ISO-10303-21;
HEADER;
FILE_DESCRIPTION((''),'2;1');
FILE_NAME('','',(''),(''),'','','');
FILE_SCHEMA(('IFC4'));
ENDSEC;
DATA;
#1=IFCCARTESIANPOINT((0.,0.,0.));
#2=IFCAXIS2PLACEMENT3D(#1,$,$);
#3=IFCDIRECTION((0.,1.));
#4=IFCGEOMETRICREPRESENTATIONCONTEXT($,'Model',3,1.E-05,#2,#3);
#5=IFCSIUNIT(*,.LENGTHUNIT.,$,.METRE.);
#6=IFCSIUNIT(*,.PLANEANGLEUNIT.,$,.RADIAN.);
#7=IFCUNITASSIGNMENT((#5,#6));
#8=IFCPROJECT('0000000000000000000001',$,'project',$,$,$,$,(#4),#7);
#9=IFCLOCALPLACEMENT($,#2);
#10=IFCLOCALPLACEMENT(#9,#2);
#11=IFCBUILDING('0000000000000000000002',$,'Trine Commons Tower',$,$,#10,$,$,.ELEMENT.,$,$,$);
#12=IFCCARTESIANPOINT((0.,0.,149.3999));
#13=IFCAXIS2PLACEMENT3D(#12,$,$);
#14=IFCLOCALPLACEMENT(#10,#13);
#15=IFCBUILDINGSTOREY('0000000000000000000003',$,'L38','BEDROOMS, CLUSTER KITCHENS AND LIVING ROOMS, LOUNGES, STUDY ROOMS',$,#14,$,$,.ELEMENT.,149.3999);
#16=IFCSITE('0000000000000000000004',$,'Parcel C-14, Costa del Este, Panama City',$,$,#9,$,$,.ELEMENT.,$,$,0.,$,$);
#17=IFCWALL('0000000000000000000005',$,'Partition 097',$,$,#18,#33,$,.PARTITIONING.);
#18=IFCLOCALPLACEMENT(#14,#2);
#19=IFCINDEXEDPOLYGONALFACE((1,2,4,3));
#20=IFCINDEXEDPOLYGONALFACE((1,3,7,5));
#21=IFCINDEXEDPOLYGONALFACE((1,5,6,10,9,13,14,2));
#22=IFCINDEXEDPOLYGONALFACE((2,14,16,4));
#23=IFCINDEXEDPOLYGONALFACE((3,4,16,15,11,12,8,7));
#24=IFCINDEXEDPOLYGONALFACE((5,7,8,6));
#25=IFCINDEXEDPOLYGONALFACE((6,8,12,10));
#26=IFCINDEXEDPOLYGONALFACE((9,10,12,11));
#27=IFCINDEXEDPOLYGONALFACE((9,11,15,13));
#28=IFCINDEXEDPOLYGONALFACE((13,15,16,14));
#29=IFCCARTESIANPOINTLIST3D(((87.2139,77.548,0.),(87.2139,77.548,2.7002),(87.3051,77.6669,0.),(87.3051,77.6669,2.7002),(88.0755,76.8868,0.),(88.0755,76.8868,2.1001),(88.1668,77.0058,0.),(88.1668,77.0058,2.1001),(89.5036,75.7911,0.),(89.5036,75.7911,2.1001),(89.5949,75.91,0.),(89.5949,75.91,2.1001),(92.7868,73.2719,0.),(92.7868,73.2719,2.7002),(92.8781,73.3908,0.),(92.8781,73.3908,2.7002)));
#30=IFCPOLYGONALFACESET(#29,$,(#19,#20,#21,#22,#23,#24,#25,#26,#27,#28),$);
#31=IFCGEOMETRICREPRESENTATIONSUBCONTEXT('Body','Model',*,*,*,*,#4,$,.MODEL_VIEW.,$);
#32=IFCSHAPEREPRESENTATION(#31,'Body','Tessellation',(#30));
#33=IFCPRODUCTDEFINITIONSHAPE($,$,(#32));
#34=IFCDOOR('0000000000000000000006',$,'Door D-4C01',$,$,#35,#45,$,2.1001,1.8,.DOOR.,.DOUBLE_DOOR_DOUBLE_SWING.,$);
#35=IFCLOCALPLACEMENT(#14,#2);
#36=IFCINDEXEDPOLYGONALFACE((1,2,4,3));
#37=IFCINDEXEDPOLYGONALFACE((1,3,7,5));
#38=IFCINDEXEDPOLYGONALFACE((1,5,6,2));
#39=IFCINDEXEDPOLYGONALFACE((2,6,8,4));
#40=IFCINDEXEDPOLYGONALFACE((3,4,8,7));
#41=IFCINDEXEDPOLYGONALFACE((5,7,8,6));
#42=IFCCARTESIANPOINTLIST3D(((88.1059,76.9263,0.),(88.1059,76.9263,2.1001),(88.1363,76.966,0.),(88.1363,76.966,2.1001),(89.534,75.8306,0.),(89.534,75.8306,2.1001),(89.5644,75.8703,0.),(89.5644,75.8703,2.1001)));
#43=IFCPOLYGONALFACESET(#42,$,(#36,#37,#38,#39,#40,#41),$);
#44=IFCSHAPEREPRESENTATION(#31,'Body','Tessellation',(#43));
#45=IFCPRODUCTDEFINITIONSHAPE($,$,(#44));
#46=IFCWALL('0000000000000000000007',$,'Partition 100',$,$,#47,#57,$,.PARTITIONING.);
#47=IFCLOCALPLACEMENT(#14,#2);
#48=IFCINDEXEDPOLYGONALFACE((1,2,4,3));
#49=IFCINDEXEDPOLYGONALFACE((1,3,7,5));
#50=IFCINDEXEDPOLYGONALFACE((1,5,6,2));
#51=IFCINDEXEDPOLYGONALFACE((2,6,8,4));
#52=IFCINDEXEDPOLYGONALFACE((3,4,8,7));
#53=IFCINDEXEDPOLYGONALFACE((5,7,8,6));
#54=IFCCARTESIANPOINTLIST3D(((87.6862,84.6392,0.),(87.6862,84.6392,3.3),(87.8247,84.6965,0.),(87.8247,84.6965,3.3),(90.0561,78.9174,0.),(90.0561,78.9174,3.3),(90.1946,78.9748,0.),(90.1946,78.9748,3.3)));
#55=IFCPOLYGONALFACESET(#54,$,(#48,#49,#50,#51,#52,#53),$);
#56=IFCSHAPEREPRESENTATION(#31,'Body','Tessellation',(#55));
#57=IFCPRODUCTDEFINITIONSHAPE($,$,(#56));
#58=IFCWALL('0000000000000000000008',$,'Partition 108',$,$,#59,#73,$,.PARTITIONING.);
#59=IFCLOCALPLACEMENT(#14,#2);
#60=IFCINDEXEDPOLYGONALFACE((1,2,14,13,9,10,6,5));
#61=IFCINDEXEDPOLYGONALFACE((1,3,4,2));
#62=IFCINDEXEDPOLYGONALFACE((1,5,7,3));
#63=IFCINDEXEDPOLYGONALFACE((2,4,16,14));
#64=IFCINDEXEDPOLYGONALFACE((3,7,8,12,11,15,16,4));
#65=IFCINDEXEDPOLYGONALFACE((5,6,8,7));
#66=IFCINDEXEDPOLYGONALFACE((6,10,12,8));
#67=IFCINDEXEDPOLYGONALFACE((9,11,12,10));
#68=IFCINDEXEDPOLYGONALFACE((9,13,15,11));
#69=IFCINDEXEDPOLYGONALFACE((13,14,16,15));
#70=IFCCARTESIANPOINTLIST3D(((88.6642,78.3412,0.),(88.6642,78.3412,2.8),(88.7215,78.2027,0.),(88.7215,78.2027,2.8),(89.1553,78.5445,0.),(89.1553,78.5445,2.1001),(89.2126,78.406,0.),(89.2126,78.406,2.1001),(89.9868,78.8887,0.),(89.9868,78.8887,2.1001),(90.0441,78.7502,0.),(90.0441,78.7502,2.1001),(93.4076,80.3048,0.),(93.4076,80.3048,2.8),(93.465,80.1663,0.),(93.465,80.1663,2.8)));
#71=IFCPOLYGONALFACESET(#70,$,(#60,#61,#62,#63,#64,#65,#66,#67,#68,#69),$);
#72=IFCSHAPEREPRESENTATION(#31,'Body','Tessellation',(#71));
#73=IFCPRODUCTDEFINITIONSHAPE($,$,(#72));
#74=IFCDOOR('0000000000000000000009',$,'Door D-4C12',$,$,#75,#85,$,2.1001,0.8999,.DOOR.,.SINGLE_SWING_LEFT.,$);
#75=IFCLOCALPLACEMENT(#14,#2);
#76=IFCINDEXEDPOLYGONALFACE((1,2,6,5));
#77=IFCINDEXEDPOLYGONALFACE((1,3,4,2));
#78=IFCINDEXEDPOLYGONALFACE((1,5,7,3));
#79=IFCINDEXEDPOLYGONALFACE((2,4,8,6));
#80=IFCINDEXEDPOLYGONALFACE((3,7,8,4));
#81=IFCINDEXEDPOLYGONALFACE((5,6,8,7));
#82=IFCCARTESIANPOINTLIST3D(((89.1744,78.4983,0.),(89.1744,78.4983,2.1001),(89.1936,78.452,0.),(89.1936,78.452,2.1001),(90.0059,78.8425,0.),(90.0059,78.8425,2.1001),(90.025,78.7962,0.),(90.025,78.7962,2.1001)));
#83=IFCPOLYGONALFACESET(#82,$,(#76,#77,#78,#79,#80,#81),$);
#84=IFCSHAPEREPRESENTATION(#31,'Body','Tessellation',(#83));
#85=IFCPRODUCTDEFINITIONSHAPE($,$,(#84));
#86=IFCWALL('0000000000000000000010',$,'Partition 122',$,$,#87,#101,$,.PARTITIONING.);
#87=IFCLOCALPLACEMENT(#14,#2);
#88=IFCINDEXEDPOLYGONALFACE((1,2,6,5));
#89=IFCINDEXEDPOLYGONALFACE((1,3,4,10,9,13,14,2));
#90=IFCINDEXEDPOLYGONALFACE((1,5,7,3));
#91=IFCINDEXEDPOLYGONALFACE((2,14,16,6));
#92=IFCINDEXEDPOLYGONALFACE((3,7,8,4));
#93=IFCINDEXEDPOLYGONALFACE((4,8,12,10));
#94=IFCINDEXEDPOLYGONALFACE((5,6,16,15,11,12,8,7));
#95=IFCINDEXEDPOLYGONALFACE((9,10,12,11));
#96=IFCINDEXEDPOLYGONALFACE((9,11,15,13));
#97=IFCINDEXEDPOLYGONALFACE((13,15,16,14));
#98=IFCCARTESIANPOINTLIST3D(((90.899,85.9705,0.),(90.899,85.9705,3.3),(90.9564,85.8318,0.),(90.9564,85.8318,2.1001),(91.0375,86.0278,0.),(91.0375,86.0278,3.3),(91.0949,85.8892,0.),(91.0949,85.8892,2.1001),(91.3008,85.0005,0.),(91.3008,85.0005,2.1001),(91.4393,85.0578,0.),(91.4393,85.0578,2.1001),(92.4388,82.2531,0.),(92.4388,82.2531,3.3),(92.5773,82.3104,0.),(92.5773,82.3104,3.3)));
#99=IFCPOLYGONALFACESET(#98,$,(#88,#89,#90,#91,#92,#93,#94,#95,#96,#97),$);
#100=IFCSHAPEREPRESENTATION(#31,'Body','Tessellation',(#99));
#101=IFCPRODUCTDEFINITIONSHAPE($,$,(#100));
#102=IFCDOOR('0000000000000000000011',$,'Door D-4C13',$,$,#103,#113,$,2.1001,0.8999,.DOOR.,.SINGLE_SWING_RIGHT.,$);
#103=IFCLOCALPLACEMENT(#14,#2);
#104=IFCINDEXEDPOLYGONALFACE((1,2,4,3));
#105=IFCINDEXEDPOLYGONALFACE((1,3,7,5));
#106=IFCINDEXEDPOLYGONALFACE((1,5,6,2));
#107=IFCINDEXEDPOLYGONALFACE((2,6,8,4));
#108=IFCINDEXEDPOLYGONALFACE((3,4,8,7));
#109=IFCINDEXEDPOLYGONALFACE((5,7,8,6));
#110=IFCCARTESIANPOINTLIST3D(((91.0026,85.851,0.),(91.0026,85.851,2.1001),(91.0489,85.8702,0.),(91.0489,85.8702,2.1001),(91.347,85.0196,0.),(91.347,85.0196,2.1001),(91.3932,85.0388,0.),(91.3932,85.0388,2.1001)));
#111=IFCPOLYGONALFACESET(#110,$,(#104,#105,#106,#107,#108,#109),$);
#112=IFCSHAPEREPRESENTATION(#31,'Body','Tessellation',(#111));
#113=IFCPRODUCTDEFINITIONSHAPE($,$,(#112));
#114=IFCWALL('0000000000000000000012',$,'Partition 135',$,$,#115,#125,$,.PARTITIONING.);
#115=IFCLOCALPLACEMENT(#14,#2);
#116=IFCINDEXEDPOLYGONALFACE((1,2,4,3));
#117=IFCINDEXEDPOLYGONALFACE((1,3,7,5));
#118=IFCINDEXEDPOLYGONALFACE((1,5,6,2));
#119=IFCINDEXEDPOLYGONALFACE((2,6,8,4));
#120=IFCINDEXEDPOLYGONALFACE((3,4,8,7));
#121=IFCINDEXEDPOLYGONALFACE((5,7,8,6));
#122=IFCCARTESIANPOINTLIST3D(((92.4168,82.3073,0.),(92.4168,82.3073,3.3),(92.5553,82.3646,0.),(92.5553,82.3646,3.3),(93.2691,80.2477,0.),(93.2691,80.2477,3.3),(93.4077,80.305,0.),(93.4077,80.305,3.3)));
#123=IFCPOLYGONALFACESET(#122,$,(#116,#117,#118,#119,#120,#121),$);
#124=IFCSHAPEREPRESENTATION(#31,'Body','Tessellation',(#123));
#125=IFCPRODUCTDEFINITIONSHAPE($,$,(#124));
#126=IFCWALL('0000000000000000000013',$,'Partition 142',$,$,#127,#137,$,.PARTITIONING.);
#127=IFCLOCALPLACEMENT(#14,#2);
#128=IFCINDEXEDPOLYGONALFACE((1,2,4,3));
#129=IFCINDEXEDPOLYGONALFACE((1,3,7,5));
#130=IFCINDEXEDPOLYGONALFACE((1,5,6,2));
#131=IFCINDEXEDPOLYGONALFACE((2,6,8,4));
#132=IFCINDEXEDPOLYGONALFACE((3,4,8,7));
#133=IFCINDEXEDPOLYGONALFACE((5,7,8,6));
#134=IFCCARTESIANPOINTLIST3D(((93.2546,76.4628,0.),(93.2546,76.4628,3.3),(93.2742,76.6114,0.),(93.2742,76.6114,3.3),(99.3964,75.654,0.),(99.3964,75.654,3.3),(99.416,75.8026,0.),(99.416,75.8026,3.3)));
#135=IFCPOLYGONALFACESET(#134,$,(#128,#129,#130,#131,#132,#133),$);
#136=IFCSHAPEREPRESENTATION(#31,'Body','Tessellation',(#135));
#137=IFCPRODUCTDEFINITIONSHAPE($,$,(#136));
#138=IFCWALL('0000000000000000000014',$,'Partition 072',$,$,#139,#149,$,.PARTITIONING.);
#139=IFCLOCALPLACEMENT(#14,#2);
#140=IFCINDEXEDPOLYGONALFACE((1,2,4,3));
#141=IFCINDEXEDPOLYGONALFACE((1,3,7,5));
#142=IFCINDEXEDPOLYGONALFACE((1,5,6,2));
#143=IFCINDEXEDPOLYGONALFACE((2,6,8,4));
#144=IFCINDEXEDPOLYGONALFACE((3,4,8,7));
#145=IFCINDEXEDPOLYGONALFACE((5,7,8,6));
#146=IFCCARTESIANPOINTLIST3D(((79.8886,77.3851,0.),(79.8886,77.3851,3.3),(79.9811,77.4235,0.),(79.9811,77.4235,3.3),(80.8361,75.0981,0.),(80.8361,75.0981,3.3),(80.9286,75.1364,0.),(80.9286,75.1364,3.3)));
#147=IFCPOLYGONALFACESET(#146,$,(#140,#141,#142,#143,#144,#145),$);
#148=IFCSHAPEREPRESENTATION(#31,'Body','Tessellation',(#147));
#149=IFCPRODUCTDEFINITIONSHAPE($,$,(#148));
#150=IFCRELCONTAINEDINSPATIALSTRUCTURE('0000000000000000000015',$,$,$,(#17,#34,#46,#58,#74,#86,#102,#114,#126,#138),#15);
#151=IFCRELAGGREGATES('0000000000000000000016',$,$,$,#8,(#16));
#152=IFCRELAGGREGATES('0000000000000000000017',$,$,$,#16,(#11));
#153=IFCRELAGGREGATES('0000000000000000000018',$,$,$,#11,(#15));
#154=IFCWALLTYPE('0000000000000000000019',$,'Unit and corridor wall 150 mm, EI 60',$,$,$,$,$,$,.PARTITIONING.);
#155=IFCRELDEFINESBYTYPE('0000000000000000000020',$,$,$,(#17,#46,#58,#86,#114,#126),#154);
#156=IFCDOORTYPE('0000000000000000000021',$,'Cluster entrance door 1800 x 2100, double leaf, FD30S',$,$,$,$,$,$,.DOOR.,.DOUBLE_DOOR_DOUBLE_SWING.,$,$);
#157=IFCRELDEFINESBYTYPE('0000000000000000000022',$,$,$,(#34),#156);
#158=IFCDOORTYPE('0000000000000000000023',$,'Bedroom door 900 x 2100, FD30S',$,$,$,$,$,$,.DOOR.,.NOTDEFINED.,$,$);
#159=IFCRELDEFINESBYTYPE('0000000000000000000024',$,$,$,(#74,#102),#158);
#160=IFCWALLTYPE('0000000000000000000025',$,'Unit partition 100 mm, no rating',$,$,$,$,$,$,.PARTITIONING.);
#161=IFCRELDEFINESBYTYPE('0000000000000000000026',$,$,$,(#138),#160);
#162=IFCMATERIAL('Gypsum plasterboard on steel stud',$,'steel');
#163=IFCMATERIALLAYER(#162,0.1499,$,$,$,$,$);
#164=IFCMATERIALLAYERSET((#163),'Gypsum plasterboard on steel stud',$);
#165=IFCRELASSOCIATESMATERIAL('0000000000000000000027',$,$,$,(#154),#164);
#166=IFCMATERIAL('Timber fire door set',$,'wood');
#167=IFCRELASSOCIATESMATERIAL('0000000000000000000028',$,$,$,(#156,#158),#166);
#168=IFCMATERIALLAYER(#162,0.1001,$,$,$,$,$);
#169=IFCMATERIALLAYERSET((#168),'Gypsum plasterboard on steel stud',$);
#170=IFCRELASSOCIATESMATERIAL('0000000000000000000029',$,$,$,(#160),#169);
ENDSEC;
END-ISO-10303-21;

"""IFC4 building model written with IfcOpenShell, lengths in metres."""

from ifc_helpers import new_model, si_unit, direction, frame, frame_2d, origin, place, context, subcontext, project, spatial, rectangle, extrude, material, layer, layer_set, type_object, element, fill, save


model = new_model("IFC4")

# Units and contexts
model_context = context("Model", 3, precision=1e-05, world=origin(), true_north=direction((0.0, 1.0)))
body_context = subcontext(model_context, "Body", "Model", "MODEL_VIEW")
ifc_project = project(units=[si_unit("LENGTHUNIT", "METRE"), si_unit("PLANEANGLEUNIT", "RADIAN")], contexts=[model_context])

# Site, building, storey
site_placement = place(None, origin())
site = spatial("IfcSite", under=ifc_project, at=site_placement, Name="Parcel C-14, Costa del Este, Panama City", CompositionType="ELEMENT", RefElevation=0.0)
building_placement = place(site_placement, origin())
building = spatial("IfcBuilding", under=site, at=building_placement, Name="Trine Commons Tower", CompositionType="ELEMENT")
storey_placement = place(building_placement, frame((0.0, 0.0, 149.3999)))
storey = spatial("IfcBuildingStorey", under=building, at=storey_placement, Name="L38", Description="BEDROOMS, CLUSTER KITCHENS AND LIVING ROOMS, LOUNGES, STUDY ROOMS", CompositionType="ELEMENT", Elevation=149.3999)

# Shared definitions
ifc_material_1 = material(Name="Gypsum plasterboard on steel stud", Category="steel")
ifc_layer_1 = layer(ifc_material_1, 0.1499)
ifc_layer_set_1 = layer_set([ifc_layer_1], Name="Gypsum plasterboard on steel stud")
wall_type_1 = type_object("IfcWallType", Name="Unit and corridor wall 150 mm, EI 60", PredefinedType="PARTITIONING", material=ifc_layer_set_1)

# Wall, opening, door
wall_1_placement = place(storey_placement, frame((87.2595, 77.6074, 0.0), z_axis=(0.0, 0.0, 1.0), x_axis=(0.793366, -0.608745, 0.0)))
wall_1 = element("IfcWall", 1, at=wall_1_placement, inside=storey, type_object=wall_type_1, Name="Partition 097", PredefinedType="PARTITIONING", context=body_context, shape_type="SweptSolid", body=[
    extrude(rectangle(XDim=7.0244, YDim=0.1499, at=frame_2d((3.5122, 0.0))), origin(), (0.0, 0.0, 1.0), 2.7002),
])
opening_1_placement = place(wall_1_placement, frame((1.0862, 0.0, 0.0)))
opening_1 = element("IfcOpeningElement", 2, at=opening_1_placement, cuts=wall_1, PredefinedType="OPENING", context=body_context, shape_type="SweptSolid", body=[
    extrude(rectangle(XDim=1.8, YDim=2.1001, at=frame_2d((0.8999, 1.05))), frame((0.0, 0.085, 0.0), z_axis=(0.0, -1.0, 0.0), x_axis=(1.0, 0.0, 0.0)), (0.0, 0.0, 1.0), 0.1699),
])
ifc_material_2 = material(Name="Timber fire door set", Category="wood")
door_type_1 = type_object("IfcDoorType", Name="Cluster entrance door 1800 x 2100, double leaf, FD30S", OperationType="DOUBLE_DOOR_DOUBLE_SWING", PredefinedType="DOOR", material=ifc_material_2)
door_1_placement = place(opening_1_placement, origin())
door_1 = element("IfcDoor", 3, at=door_1_placement, inside=storey, type_object=door_type_1, Name="Door D-4C01", OperationType="DOUBLE_DOOR_DOUBLE_SWING", OverallHeight=2.1001, OverallWidth=1.8, PredefinedType="DOOR", context=body_context, shape_type="SweptSolid", body=[
    extrude(rectangle(XDim=1.8, YDim=2.1001, at=frame_2d((0.8999, 1.05))), frame((0.0, 0.0249, 0.0), z_axis=(0.0, -1.0, 0.0), x_axis=(1.0, 0.0, 0.0)), (0.0, 0.0, 1.0), 0.05),
])
fill(opening_1, door_1)

# Wall
wall_2_placement = place(storey_placement, frame((87.7554, 84.668, 0.0), z_axis=(0.0, 0.0, 1.0), x_axis=(0.382666, -0.923887, 0.0)))
element("IfcWall", 4, at=wall_2_placement, inside=storey, type_object=wall_type_1, Name="Partition 100", PredefinedType="PARTITIONING", context=body_context, shape_type="SweptSolid", body=[
    extrude(rectangle(XDim=6.1931, YDim=0.1499, at=frame_2d((3.0967, 0.0))), origin(), (0.0, 0.0, 1.0), 3.3),
])

# Walls, openings, doors
wall_3_placement = place(storey_placement, frame((88.6929, 78.272, 0.0), z_axis=(0.0, 0.0, 1.0), x_axis=(0.923959, 0.38249, 0.0)))
wall_3 = element("IfcWall", 5, at=wall_3_placement, inside=storey, type_object=wall_type_1, Name="Partition 108", PredefinedType="PARTITIONING", context=body_context, shape_type="SweptSolid", body=[
    extrude(rectangle(XDim=5.1338, YDim=0.1499, at=frame_2d((2.5669, 0.0))), origin(), (0.0, 0.0, 1.0), 2.8),
])
opening_2_placement = place(wall_3_placement, frame((0.5315, 0.0, 0.0)))
opening_2 = element("IfcOpeningElement", 6, at=opening_2_placement, cuts=wall_3, PredefinedType="OPENING", context=body_context, shape_type="SweptSolid", body=[
    extrude(rectangle(XDim=0.8999, YDim=2.1001, at=frame_2d((0.45, 1.05))), frame((0.0, 0.085, 0.0), z_axis=(0.0, -1.0, 0.0), x_axis=(1.0, 0.0, 0.0)), (0.0, 0.0, 1.0), 0.1699),
])
door_type_2 = type_object("IfcDoorType", Name="Bedroom door 900 x 2100, FD30S", OperationType="NOTDEFINED", PredefinedType="DOOR", material=ifc_material_2)
door_2_placement = place(opening_2_placement, origin())
door_2 = element("IfcDoor", 7, at=door_2_placement, inside=storey, type_object=door_type_2, Name="Door D-4C12", OperationType="SINGLE_SWING_LEFT", OverallHeight=2.1001, OverallWidth=0.8999, PredefinedType="DOOR", context=body_context, shape_type="SweptSolid", body=[
    extrude(rectangle(XDim=0.8999, YDim=2.1001, at=frame_2d((0.45, 1.05))), frame((0.0, 0.0249, 0.0), z_axis=(0.0, -1.0, 0.0), x_axis=(1.0, 0.0, 0.0)), (0.0, 0.0, 1.0), 0.05),
])
fill(opening_2, door_2)
wall_4_placement = place(storey_placement, frame((90.9683, 85.999, 0.0), z_axis=(0.0, 0.0, 1.0), x_axis=(0.382693, -0.923876, 0.0)))
wall_4 = element("IfcWall", 8, at=wall_4_placement, inside=storey, type_object=wall_type_1, Name="Partition 122", PredefinedType="PARTITIONING", context=body_context, shape_type="SweptSolid", body=[
    extrude(rectangle(XDim=4.0237, YDim=0.1499, at=frame_2d((2.0117, 0.0))), origin(), (0.0, 0.0, 1.0), 3.3),
])
opening_3_placement = place(wall_4_placement, frame((0.1499, 0.0, 0.0)))
opening_3 = element("IfcOpeningElement", 9, at=opening_3_placement, cuts=wall_4, PredefinedType="OPENING", context=body_context, shape_type="SweptSolid", body=[
    extrude(rectangle(XDim=0.8999, YDim=2.1001, at=frame_2d((0.45, 1.05))), frame((0.0, 0.085, 0.0), z_axis=(0.0, -1.0, 0.0), x_axis=(1.0, 0.0, 0.0)), (0.0, 0.0, 1.0), 0.1699),
])
door_3_placement = place(opening_3_placement, frame((0.8999, 0.0, 0.0), z_axis=(0.0, 0.0, 1.0), x_axis=(-1.0, 0.0, 0.0)))
door_3 = element("IfcDoor", 10, at=door_3_placement, inside=storey, type_object=door_type_2, Name="Door D-4C13", OperationType="SINGLE_SWING_RIGHT", OverallHeight=2.1001, OverallWidth=0.8999, PredefinedType="DOOR", context=body_context, shape_type="SweptSolid", body=[
    extrude(rectangle(XDim=0.8999, YDim=2.1001, at=frame_2d((0.45, 1.05))), frame((0.0, 0.0249, 0.0), z_axis=(0.0, -1.0, 0.0), x_axis=(1.0, 0.0, 0.0)), (0.0, 0.0, 1.0), 0.05),
])
fill(opening_3, door_3)

# Walls
wall_5_placement = place(storey_placement, frame((92.4861, 82.3359, 0.0), z_axis=(0.0, 0.0, 1.0), x_axis=(0.382374, -0.924007, 0.0)))
element("IfcWall", 11, at=wall_5_placement, inside=storey, type_object=wall_type_1, Name="Partition 135", PredefinedType="PARTITIONING", context=body_context, shape_type="SweptSolid", body=[
    extrude(rectangle(XDim=2.229, YDim=0.1499, at=frame_2d((1.1145, 0.0))), origin(), (0.0, 0.0, 1.0), 3.3),
])
wall_6_placement = place(storey_placement, frame((93.2644, 76.5371, 0.0), z_axis=(0.0, 0.0, 1.0), x_axis=(0.99144, -0.130566, 0.0)))
element("IfcWall", 12, at=wall_6_placement, inside=storey, type_object=wall_type_1, Name="Partition 142", PredefinedType="PARTITIONING", context=body_context, shape_type="SweptSolid", body=[
    extrude(rectangle(XDim=6.1948, YDim=0.1499, at=frame_2d((3.0974, 0.0))), origin(), (0.0, 0.0, 1.0), 3.3),
])
ifc_layer_2 = layer(ifc_material_1, 0.1001)
ifc_layer_set_2 = layer_set([ifc_layer_2], Name="Gypsum plasterboard on steel stud")
wall_type_2 = type_object("IfcWallType", Name="Unit partition 100 mm, no rating", PredefinedType="PARTITIONING", material=ifc_layer_set_2)
wall_7_placement = place(storey_placement, frame((79.9348, 77.4043, 0.0), z_axis=(0.0, 0.0, 1.0), x_axis=(0.382738, -0.923857, 0.0)))
element("IfcWall", 13, at=wall_7_placement, inside=storey, type_object=wall_type_2, Name="Partition 072", PredefinedType="PARTITIONING", context=body_context, shape_type="SweptSolid", body=[
    extrude(rectangle(XDim=2.4756, YDim=0.1001, at=frame_2d((1.2378, 0.0))), origin(), (0.0, 0.0, 1.0), 3.3),
])

save(model, "model.ifc")
